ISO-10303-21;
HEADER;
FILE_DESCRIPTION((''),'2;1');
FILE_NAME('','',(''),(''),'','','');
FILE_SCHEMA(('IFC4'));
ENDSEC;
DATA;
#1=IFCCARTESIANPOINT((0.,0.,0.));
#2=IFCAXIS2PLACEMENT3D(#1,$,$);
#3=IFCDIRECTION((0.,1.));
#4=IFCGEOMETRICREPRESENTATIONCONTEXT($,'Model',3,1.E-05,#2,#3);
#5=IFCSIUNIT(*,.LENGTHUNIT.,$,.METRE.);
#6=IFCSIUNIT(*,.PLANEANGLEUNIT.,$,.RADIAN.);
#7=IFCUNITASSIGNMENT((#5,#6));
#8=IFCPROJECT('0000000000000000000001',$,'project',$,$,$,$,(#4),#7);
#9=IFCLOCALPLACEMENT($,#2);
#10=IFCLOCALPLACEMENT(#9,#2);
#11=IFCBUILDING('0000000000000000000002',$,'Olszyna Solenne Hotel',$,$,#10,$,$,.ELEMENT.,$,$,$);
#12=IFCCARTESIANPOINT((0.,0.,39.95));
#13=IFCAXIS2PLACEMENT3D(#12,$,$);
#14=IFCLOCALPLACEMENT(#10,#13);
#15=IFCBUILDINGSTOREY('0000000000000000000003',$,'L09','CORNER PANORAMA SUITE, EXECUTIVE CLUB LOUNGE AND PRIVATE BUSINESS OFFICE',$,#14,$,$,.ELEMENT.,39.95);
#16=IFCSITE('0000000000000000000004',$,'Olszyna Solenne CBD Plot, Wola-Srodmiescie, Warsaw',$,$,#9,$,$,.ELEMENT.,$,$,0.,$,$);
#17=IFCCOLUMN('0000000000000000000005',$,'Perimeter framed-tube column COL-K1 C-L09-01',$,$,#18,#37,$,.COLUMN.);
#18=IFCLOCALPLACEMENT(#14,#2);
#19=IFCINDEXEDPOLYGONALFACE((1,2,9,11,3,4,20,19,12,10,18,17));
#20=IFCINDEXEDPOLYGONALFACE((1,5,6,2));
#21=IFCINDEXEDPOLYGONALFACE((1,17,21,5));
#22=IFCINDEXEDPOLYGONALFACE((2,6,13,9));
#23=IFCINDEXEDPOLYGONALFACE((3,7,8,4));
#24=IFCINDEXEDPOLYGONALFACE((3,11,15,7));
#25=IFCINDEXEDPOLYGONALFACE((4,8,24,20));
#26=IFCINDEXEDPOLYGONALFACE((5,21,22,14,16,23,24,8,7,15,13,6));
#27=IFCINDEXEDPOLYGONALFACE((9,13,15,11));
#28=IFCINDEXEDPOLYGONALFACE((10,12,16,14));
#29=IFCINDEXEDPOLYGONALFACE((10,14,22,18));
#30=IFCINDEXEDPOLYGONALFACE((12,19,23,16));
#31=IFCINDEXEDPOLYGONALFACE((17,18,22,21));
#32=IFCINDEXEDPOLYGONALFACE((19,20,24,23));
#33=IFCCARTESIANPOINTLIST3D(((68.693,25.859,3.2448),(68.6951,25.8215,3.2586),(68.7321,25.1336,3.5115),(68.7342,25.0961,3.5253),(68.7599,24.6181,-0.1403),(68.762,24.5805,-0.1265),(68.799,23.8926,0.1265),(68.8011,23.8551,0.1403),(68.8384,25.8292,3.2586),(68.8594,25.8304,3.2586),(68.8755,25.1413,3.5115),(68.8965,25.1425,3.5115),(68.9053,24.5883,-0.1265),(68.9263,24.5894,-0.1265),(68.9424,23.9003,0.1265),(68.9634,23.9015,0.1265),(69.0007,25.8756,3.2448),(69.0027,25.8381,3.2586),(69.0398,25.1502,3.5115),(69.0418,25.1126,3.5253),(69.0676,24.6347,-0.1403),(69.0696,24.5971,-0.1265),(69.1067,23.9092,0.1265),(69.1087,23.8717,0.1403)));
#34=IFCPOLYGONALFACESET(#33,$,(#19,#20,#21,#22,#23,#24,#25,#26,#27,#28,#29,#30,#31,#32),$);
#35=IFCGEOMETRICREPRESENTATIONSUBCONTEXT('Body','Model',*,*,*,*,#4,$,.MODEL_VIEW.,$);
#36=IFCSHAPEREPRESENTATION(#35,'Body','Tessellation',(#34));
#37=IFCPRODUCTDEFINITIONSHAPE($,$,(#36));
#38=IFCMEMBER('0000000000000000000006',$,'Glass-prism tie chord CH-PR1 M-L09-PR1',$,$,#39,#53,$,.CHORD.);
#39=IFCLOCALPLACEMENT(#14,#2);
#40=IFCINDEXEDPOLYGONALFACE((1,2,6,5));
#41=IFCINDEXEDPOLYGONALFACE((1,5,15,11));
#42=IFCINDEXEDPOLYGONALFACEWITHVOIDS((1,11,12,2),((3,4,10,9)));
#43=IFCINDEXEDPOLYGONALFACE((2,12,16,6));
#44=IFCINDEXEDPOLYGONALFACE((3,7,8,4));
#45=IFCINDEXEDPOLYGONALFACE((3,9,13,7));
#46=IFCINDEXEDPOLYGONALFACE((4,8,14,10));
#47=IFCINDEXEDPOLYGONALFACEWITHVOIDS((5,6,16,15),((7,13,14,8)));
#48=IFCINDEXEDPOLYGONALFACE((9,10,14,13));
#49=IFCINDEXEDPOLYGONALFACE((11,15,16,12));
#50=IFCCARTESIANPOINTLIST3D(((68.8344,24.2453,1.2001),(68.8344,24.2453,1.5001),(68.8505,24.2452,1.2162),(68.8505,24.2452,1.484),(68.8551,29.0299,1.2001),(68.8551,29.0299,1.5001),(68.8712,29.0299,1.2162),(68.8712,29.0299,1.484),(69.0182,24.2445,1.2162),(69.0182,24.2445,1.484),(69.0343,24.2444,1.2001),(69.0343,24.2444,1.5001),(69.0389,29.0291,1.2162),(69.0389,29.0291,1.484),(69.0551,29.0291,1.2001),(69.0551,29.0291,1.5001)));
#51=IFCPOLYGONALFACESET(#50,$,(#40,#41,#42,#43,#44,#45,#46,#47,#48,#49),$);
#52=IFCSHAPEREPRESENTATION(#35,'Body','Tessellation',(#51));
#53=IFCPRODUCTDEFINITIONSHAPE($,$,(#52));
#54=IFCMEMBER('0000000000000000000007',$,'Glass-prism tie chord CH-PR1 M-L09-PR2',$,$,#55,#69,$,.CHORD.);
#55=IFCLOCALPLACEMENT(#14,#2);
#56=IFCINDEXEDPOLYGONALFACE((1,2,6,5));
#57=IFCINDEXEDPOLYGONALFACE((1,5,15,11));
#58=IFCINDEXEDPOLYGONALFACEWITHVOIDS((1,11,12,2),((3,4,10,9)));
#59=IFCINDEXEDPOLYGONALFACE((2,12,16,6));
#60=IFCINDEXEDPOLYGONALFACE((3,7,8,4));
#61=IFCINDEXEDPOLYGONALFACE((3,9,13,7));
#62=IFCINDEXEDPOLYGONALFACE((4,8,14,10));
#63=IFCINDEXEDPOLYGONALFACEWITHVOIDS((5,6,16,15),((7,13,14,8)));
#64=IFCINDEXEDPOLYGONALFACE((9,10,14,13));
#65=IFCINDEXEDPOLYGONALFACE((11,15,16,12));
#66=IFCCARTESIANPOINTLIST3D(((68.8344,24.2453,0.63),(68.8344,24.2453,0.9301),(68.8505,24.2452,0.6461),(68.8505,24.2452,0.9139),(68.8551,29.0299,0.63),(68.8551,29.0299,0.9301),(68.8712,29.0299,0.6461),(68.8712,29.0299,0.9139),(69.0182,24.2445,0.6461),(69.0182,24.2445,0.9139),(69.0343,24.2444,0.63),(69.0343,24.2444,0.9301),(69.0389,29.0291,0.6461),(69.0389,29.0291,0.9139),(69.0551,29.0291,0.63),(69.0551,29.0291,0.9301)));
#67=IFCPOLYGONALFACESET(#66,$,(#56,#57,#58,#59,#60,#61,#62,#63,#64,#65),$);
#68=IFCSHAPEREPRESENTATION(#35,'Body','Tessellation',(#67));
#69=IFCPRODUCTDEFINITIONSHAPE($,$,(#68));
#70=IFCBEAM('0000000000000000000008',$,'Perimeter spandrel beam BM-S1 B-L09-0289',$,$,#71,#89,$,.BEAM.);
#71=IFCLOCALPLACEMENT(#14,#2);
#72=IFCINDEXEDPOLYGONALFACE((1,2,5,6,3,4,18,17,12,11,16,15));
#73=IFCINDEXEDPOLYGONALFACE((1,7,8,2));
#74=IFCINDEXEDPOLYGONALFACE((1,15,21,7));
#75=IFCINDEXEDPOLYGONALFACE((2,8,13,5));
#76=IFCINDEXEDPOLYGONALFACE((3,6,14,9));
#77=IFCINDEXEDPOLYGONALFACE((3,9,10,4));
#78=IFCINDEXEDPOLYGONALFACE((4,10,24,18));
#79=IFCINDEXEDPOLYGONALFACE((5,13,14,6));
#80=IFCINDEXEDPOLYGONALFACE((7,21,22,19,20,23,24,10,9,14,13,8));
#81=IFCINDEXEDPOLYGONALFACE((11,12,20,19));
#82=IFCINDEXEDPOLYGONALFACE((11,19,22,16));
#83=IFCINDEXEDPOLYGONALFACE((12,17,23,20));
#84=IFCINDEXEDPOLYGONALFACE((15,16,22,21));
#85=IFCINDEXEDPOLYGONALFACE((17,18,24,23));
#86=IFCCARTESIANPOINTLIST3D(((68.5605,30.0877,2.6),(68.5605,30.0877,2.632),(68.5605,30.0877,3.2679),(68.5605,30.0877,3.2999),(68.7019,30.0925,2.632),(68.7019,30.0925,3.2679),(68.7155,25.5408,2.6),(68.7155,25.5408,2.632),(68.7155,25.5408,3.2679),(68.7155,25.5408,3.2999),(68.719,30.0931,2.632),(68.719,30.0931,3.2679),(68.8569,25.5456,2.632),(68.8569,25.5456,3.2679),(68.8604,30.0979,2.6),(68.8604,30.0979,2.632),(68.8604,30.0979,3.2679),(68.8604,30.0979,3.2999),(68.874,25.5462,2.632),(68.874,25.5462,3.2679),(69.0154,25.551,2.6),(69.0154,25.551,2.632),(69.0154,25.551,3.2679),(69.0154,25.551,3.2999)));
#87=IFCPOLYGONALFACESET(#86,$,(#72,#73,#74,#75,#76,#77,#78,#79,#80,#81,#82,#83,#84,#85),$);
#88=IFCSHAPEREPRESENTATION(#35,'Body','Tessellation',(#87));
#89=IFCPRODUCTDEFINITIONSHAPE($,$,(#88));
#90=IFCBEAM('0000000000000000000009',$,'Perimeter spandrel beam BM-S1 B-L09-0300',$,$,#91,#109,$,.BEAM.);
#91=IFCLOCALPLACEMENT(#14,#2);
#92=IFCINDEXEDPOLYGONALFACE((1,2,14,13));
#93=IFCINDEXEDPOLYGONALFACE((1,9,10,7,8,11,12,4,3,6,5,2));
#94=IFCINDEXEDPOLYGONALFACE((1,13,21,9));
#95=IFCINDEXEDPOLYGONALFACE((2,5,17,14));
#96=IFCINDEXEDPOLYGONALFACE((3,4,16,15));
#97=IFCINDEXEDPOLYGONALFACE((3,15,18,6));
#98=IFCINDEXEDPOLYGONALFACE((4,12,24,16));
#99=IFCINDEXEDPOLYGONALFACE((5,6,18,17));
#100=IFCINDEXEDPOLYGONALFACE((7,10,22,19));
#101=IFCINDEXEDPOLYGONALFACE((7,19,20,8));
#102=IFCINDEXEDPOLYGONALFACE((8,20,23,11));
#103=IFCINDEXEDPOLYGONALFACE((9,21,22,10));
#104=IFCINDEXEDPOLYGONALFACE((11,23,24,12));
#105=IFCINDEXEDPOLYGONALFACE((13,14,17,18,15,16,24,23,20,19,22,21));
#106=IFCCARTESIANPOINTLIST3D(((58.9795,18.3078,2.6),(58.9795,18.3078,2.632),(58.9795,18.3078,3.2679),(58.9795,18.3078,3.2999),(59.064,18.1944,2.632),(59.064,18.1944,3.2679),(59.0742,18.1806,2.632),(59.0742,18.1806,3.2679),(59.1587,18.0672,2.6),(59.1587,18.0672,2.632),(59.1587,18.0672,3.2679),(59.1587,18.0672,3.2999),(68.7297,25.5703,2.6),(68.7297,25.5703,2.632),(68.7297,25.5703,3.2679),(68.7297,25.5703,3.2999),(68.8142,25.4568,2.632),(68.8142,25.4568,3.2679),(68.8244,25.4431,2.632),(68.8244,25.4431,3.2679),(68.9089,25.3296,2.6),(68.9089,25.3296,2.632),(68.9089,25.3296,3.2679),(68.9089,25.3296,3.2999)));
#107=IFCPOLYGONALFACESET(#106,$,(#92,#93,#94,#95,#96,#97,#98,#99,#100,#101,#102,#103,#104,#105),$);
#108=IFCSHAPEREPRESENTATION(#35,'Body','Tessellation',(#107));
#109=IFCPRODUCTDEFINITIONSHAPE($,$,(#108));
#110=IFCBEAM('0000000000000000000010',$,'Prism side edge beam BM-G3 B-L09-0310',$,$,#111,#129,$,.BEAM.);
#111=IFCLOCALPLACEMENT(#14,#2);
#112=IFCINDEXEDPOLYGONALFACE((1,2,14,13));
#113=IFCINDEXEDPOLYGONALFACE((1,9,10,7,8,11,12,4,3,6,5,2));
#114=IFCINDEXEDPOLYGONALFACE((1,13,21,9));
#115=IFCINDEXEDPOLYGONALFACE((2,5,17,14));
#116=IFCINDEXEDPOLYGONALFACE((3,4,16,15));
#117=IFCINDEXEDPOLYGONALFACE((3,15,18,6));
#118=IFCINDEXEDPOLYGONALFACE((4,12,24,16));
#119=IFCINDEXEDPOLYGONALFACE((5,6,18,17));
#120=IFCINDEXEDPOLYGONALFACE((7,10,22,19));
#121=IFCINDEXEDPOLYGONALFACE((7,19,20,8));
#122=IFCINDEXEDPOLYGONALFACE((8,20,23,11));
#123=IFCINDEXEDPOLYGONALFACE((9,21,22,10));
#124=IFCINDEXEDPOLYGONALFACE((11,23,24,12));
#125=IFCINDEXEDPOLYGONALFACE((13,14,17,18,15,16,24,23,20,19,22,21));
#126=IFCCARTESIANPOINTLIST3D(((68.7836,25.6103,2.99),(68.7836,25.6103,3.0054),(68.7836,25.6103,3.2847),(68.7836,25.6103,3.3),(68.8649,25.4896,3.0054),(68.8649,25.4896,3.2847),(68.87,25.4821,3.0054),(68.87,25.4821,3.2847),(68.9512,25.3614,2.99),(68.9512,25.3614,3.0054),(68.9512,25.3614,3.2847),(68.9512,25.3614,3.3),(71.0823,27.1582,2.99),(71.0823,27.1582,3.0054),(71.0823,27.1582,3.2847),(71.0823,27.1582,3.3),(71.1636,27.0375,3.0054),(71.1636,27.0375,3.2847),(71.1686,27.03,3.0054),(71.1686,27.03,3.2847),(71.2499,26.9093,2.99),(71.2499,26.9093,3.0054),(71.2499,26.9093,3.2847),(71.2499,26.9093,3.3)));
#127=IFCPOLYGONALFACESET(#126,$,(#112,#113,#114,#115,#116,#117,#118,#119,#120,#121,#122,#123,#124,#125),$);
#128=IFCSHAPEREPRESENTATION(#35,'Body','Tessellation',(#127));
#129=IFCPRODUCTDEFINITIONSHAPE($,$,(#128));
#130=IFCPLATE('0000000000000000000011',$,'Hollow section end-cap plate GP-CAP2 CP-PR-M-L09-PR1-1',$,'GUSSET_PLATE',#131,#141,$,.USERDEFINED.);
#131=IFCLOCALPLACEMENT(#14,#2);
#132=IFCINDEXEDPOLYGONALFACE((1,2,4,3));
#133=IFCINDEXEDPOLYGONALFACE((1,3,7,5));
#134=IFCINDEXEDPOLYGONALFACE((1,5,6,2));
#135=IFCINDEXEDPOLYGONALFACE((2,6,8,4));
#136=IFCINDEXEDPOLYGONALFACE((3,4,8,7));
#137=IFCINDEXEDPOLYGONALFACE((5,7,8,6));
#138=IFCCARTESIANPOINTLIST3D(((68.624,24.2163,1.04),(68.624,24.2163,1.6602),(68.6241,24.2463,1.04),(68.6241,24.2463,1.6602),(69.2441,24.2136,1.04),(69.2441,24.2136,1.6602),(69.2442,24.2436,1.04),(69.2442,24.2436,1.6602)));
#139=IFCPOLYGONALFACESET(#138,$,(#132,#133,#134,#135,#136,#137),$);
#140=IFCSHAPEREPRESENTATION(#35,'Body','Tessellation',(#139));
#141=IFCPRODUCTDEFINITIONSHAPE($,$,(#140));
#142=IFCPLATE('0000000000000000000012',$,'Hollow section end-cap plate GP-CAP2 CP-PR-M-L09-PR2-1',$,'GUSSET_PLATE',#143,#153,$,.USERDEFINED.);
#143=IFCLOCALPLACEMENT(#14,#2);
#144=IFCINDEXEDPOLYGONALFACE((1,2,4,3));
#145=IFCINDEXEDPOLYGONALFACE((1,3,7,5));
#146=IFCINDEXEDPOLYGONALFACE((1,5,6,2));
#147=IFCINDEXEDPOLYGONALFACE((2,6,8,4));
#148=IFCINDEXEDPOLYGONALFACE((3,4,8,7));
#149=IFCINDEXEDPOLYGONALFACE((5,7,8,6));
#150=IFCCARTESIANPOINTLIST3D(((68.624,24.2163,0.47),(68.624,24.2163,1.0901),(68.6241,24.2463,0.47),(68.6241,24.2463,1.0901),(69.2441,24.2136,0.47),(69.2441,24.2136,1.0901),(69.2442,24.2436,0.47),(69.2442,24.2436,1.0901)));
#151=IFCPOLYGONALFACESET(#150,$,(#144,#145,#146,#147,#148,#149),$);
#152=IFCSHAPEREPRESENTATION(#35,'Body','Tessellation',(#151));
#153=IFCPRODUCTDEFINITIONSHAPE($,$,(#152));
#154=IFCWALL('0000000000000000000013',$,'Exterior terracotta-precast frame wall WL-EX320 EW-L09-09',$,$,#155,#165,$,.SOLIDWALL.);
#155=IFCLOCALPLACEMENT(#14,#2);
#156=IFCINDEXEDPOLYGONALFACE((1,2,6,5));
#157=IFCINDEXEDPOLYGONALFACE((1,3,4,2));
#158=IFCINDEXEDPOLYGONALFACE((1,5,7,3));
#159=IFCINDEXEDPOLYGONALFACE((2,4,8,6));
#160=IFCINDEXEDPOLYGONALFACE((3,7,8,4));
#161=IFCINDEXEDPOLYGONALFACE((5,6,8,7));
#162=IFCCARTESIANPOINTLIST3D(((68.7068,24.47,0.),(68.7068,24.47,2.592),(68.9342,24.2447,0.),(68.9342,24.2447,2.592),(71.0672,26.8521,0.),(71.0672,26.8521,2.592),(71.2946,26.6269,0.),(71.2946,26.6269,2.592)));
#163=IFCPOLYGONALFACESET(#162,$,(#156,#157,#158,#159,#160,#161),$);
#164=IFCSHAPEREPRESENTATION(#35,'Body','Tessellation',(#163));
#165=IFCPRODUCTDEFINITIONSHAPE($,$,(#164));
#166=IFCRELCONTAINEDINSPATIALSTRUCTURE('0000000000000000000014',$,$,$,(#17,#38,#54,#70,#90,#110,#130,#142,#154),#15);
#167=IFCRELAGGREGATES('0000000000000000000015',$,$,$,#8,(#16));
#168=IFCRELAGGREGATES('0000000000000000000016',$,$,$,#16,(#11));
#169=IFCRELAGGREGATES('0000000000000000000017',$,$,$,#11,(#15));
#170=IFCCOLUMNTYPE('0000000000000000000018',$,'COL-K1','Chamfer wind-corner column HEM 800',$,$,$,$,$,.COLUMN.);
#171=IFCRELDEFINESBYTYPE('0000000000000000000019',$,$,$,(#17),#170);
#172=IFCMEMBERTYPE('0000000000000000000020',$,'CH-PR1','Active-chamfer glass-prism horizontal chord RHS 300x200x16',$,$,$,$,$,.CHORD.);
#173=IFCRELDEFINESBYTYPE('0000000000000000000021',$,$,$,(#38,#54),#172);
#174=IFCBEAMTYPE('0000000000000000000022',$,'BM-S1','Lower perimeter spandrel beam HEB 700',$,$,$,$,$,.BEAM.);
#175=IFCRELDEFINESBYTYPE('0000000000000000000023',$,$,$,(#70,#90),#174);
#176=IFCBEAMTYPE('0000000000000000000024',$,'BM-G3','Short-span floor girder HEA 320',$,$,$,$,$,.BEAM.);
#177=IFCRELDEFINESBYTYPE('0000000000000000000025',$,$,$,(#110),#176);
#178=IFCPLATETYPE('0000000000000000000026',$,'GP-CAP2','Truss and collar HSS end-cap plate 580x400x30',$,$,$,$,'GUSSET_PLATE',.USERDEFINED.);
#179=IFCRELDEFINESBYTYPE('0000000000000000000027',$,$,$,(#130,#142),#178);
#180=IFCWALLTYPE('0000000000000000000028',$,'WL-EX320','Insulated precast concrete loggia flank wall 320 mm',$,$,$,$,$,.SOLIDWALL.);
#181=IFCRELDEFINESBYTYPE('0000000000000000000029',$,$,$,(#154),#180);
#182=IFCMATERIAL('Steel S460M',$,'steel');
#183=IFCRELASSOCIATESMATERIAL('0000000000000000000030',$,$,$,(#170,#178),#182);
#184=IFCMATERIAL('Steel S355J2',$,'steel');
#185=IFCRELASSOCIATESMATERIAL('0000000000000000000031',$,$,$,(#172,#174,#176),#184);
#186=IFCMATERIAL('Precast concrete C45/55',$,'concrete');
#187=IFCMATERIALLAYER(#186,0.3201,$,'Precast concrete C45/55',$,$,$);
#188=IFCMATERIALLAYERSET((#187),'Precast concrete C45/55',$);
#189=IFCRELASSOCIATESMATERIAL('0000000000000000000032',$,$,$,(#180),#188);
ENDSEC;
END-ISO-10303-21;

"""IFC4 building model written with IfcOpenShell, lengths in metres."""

from ifc_helpers import new_model, si_unit, direction, frame, frame_2d, origin, origin_2d, place, context, subcontext, project, spatial, rectangle, hollow_rectangle, i_section, extrude, source, transform, mapped, material, layer, layer_set, material_profile, profile_set, type_object, element, save


model = new_model("IFC4")

# Units and contexts
model_context = context("Model", 3, precision=1e-05, world=origin(), true_north=direction((0.0, 1.0)))
body_context = subcontext(model_context, "Body", "Model", "MODEL_VIEW")
ifc_project = project(units=[si_unit("LENGTHUNIT", "METRE"), si_unit("PLANEANGLEUNIT", "RADIAN")], contexts=[model_context])

# Site, building, storey
site_placement = place(None, origin())
site = spatial("IfcSite", under=ifc_project, at=site_placement, Name="Olszyna Solenne CBD Plot, Wola-Srodmiescie, Warsaw", CompositionType="ELEMENT", RefElevation=0.0)
building_placement = place(site_placement, origin())
building = spatial("IfcBuilding", under=site, at=building_placement, Name="Olszyna Solenne Hotel", CompositionType="ELEMENT")
storey_placement = place(building_placement, frame((0.0, 0.0, 39.95)))
storey = spatial("IfcBuildingStorey", under=building, at=storey_placement, Name="L09", Description="CORNER PANORAMA SUITE, EXECUTIVE CLUB LOUNGE AND PRIVATE BUSINESS OFFICE", CompositionType="ELEMENT", Elevation=39.95)

# Column
ifc_material_1 = material(Name="Steel S460M", Category="steel")
ifc_material_profile_1 = material_profile(ifc_material_1, i_section(OverallWidth=0.3081, OverallDepth=0.814, WebThickness=0.021, FlangeThickness=0.04, at=origin_2d()), Name="HEM 800", Category="load-bearing")
ifc_profile_set_1 = profile_set([ifc_material_profile_1], Name="Steel S460M")
column_type = type_object("IfcColumnType", Name="COL-K1", Description="Chamfer wind-corner column HEM 800", PredefinedType="COLUMN", material=ifc_profile_set_1)
shared_shape_1 = source(origin(), body_context, "Body", "SweptSolid", [
    extrude(i_section(OverallWidth=0.3081, OverallDepth=0.814, WebThickness=0.021, FlangeThickness=0.04, at=origin_2d()), origin(), (0.0, 0.0, 1.0), 3.606),
])
column_placement = place(storey_placement, frame((68.9343, 24.2449, 0.0), z_axis=(-0.018551, 0.344146, 0.938733), x_axis=(-0.99855, -0.053827, 0.0)))
element("IfcColumn", 1, at=column_placement, inside=storey, type_object=column_type, Name="Perimeter framed-tube column COL-K1 C-L09-01", PredefinedType="COLUMN", context=body_context, shape_type="MappedRepresentation", body=[
    mapped(shared_shape_1, transform((0.0, 0.0, 0.0), x_axis=(1.0, 0.0, 0.0), y_axis=(0.0, 1.0, 0.0), z_axis=(0.0, 0.0, 1.0), scale=1.0)),
])

# Members
ifc_material_2 = material(Name="Steel S355J2", Category="steel")
ifc_material_profile_2 = material_profile(ifc_material_2, hollow_rectangle(XDim=0.2, YDim=0.3, WallThickness=0.0161, at=origin_2d()), Name="RHS 300x200x16", Category="load-bearing")
ifc_profile_set_2 = profile_set([ifc_material_profile_2], Name="Steel S355J2")
member_type = type_object("IfcMemberType", Name="CH-PR1", Description="Active-chamfer glass-prism horizontal chord RHS 300x200x16", PredefinedType="CHORD", material=ifc_profile_set_2)
shared_shape_2 = source(origin(), body_context, "Body", "SweptSolid", [
    extrude(hollow_rectangle(XDim=0.2, YDim=0.3, WallThickness=0.0161, at=origin_2d()), origin(), (0.0, 0.0, 1.0), 4.7847),
])
for number, where, z_axis, x_axis, name in (
    (2, (68.9343, 24.2449, 1.3501), (0.004337, 0.999991, 0.0), (-0.999991, 0.004337, 0.0), "Glass-prism tie chord CH-PR1 M-L09-PR1"),
    (3, (68.9343, 24.2449, 0.78), (0.004337, 0.999991, 0.0), (-0.999991, 0.004337, 0.0), "Glass-prism tie chord CH-PR1 M-L09-PR2"),
):
    element("IfcMember", number, at=place(storey_placement, frame(where, z_axis=z_axis, x_axis=x_axis)), inside=storey, type_object=member_type, Name=name, PredefinedType="CHORD", context=body_context, shape_type="MappedRepresentation", body=[
        mapped(shared_shape_2, transform((0.0, 0.0, 0.0), x_axis=(1.0, 0.0, 0.0), y_axis=(0.0, 1.0, 0.0), z_axis=(0.0, 0.0, 1.0), scale=1.0)),
    ])

# Beams
ifc_material_profile_3 = material_profile(ifc_material_2, i_section(OverallWidth=0.3, OverallDepth=0.7, WebThickness=0.0171, FlangeThickness=0.032, at=origin_2d()), Name="HEB 700", Category="load-bearing")
ifc_profile_set_3 = profile_set([ifc_material_profile_3], Name="Steel S355J2")
beam_type_1 = type_object("IfcBeamType", Name="BM-S1", Description="Lower perimeter spandrel beam HEB 700", PredefinedType="BEAM", material=ifc_profile_set_3)
shared_shape_3 = source(origin(), body_context, "Body", "SweptSolid", [
    extrude(i_section(OverallWidth=0.3, OverallDepth=0.7, WebThickness=0.0171, FlangeThickness=0.032, at=origin_2d()), origin(), (0.0, 0.0, 1.0), 4.5496),
])
beam_1_placement = place(storey_placement, frame((68.8655, 25.5459, 2.95), z_axis=(-0.034076, 0.999419, 0.0), x_axis=(-0.999419, -0.034076, 0.0)))
element("IfcBeam", 4, at=beam_1_placement, inside=storey, type_object=beam_type_1, Name="Perimeter spandrel beam BM-S1 B-L09-0289", PredefinedType="BEAM", context=body_context, shape_type="MappedRepresentation", body=[
    mapped(shared_shape_3, transform((0.0, 0.0, 0.0), x_axis=(1.0, 0.0, 0.0), y_axis=(0.0, 1.0, 0.0), z_axis=(0.0, 0.0, 1.0), scale=1.0)),
])
shared_shape_4 = source(origin(), body_context, "Body", "SweptSolid", [
    extrude(i_section(OverallWidth=0.3, OverallDepth=0.7, WebThickness=0.0171, FlangeThickness=0.032, at=origin_2d()), origin(), (0.0, 0.0, 1.0), 12.1577),
])
beam_2_placement = place(storey_placement, frame((59.0691, 18.1875, 2.95), z_axis=(0.801979, 0.597352, 0.0), x_axis=(-0.597352, 0.801979, 0.0)))
element("IfcBeam", 5, at=beam_2_placement, inside=storey, type_object=beam_type_1, Name="Perimeter spandrel beam BM-S1 B-L09-0300", PredefinedType="BEAM", context=body_context, shape_type="MappedRepresentation", body=[
    mapped(shared_shape_4, transform((0.0, 0.0, 0.0), x_axis=(1.0, 0.0, 0.0), y_axis=(0.0, 1.0, 0.0), z_axis=(0.0, 0.0, 1.0), scale=1.0)),
])
ifc_material_profile_4 = material_profile(ifc_material_2, i_section(OverallWidth=0.3, OverallDepth=0.3101, WebThickness=0.009, FlangeThickness=0.0154, at=origin_2d()), Name="HEA 320", Category="load-bearing")
ifc_profile_set_4 = profile_set([ifc_material_profile_4], Name="Steel S355J2")
beam_type_2 = type_object("IfcBeamType", Name="BM-G3", Description="Short-span floor girder HEA 320", PredefinedType="BEAM", material=ifc_profile_set_4)
shared_shape_5 = source(origin(), body_context, "Body", "SweptSolid", [
    extrude(i_section(OverallWidth=0.3, OverallDepth=0.3101, WebThickness=0.009, FlangeThickness=0.0154, at=origin_2d()), origin(), (0.0, 0.0, 1.0), 2.7712),
])
beam_3_placement = place(storey_placement, frame((68.8674, 25.4858, 3.145), z_axis=(0.829466, 0.558557, 0.0), x_axis=(-0.558557, 0.829466, 0.0)))
element("IfcBeam", 6, at=beam_3_placement, inside=storey, type_object=beam_type_2, Name="Prism side edge beam BM-G3 B-L09-0310", PredefinedType="BEAM", context=body_context, shape_type="MappedRepresentation", body=[
    mapped(shared_shape_5, transform((0.0, 0.0, 0.0), x_axis=(1.0, 0.0, 0.0), y_axis=(0.0, 1.0, 0.0), z_axis=(0.0, 0.0, 1.0), scale=1.0)),
])

# Plates
plate_type = type_object("IfcPlateType", Name="GP-CAP2", Description="Truss and collar HSS end-cap plate 580x400x30", ElementType="GUSSET_PLATE", PredefinedType="USERDEFINED", material=ifc_material_1)
shared_shape_6 = source(origin(), body_context, "Body", "SweptSolid", [
    extrude(rectangle(XDim=0.03, YDim=0.6201, at=origin_2d()), origin(), (0.0, 0.0, 1.0), 0.6201),
])
for number, where, z_axis, x_axis, name in (
    (7, (68.9341, 24.23, 1.04), (0.0, 0.0, 1.0), (0.004363, 0.99999, 0.0), "Hollow section end-cap plate GP-CAP2 CP-PR-M-L09-PR1-1"),
    (8, (68.9341, 24.23, 0.47), (0.0, 0.0, 1.0), (0.004363, 0.99999, 0.0), "Hollow section end-cap plate GP-CAP2 CP-PR-M-L09-PR2-1"),
):
    element("IfcPlate", number, at=place(storey_placement, frame(where, z_axis=z_axis, x_axis=x_axis)), inside=storey, type_object=plate_type, Name=name, ObjectType="GUSSET_PLATE", PredefinedType="USERDEFINED", context=body_context, shape_type="MappedRepresentation", body=[
        mapped(shared_shape_6, transform((0.0, 0.0, 0.0), x_axis=(1.0, 0.0, 0.0), y_axis=(0.0, 1.0, 0.0), z_axis=(0.0, 0.0, 1.0), scale=1.0)),
    ])

# Wall
ifc_material_3 = material(Name="Precast concrete C45/55", Category="concrete")
ifc_layer_1 = layer(ifc_material_3, 0.3201, Name="Precast concrete C45/55")
ifc_layer_set_1 = layer_set([ifc_layer_1], Name="Precast concrete C45/55")
wall_type_1 = type_object("IfcWallType", Name="WL-EX320", Description="Insulated precast concrete loggia flank wall 320 mm", PredefinedType="SOLIDWALL", material=ifc_layer_set_1)
wall_1_placement = place(storey_placement, frame((71.1809, 26.7395, 0.0), z_axis=(0.0, 0.0, 1.0), x_axis=(-0.70386, -0.710339, 0.0)))
element("IfcWall", 9, at=wall_1_placement, inside=storey, type_object=wall_type_1, Name="Exterior terracotta-precast frame wall WL-EX320 EW-L09-09", PredefinedType="SOLIDWALL", context=body_context, shape_type="SweptSolid", body=[
    extrude(rectangle(XDim=3.3535, YDim=0.3201, at=frame_2d((1.6768, 0.0))), origin(), (0.0, 0.0, 1.0), 2.592),
])

save(model, "model.ifc")
